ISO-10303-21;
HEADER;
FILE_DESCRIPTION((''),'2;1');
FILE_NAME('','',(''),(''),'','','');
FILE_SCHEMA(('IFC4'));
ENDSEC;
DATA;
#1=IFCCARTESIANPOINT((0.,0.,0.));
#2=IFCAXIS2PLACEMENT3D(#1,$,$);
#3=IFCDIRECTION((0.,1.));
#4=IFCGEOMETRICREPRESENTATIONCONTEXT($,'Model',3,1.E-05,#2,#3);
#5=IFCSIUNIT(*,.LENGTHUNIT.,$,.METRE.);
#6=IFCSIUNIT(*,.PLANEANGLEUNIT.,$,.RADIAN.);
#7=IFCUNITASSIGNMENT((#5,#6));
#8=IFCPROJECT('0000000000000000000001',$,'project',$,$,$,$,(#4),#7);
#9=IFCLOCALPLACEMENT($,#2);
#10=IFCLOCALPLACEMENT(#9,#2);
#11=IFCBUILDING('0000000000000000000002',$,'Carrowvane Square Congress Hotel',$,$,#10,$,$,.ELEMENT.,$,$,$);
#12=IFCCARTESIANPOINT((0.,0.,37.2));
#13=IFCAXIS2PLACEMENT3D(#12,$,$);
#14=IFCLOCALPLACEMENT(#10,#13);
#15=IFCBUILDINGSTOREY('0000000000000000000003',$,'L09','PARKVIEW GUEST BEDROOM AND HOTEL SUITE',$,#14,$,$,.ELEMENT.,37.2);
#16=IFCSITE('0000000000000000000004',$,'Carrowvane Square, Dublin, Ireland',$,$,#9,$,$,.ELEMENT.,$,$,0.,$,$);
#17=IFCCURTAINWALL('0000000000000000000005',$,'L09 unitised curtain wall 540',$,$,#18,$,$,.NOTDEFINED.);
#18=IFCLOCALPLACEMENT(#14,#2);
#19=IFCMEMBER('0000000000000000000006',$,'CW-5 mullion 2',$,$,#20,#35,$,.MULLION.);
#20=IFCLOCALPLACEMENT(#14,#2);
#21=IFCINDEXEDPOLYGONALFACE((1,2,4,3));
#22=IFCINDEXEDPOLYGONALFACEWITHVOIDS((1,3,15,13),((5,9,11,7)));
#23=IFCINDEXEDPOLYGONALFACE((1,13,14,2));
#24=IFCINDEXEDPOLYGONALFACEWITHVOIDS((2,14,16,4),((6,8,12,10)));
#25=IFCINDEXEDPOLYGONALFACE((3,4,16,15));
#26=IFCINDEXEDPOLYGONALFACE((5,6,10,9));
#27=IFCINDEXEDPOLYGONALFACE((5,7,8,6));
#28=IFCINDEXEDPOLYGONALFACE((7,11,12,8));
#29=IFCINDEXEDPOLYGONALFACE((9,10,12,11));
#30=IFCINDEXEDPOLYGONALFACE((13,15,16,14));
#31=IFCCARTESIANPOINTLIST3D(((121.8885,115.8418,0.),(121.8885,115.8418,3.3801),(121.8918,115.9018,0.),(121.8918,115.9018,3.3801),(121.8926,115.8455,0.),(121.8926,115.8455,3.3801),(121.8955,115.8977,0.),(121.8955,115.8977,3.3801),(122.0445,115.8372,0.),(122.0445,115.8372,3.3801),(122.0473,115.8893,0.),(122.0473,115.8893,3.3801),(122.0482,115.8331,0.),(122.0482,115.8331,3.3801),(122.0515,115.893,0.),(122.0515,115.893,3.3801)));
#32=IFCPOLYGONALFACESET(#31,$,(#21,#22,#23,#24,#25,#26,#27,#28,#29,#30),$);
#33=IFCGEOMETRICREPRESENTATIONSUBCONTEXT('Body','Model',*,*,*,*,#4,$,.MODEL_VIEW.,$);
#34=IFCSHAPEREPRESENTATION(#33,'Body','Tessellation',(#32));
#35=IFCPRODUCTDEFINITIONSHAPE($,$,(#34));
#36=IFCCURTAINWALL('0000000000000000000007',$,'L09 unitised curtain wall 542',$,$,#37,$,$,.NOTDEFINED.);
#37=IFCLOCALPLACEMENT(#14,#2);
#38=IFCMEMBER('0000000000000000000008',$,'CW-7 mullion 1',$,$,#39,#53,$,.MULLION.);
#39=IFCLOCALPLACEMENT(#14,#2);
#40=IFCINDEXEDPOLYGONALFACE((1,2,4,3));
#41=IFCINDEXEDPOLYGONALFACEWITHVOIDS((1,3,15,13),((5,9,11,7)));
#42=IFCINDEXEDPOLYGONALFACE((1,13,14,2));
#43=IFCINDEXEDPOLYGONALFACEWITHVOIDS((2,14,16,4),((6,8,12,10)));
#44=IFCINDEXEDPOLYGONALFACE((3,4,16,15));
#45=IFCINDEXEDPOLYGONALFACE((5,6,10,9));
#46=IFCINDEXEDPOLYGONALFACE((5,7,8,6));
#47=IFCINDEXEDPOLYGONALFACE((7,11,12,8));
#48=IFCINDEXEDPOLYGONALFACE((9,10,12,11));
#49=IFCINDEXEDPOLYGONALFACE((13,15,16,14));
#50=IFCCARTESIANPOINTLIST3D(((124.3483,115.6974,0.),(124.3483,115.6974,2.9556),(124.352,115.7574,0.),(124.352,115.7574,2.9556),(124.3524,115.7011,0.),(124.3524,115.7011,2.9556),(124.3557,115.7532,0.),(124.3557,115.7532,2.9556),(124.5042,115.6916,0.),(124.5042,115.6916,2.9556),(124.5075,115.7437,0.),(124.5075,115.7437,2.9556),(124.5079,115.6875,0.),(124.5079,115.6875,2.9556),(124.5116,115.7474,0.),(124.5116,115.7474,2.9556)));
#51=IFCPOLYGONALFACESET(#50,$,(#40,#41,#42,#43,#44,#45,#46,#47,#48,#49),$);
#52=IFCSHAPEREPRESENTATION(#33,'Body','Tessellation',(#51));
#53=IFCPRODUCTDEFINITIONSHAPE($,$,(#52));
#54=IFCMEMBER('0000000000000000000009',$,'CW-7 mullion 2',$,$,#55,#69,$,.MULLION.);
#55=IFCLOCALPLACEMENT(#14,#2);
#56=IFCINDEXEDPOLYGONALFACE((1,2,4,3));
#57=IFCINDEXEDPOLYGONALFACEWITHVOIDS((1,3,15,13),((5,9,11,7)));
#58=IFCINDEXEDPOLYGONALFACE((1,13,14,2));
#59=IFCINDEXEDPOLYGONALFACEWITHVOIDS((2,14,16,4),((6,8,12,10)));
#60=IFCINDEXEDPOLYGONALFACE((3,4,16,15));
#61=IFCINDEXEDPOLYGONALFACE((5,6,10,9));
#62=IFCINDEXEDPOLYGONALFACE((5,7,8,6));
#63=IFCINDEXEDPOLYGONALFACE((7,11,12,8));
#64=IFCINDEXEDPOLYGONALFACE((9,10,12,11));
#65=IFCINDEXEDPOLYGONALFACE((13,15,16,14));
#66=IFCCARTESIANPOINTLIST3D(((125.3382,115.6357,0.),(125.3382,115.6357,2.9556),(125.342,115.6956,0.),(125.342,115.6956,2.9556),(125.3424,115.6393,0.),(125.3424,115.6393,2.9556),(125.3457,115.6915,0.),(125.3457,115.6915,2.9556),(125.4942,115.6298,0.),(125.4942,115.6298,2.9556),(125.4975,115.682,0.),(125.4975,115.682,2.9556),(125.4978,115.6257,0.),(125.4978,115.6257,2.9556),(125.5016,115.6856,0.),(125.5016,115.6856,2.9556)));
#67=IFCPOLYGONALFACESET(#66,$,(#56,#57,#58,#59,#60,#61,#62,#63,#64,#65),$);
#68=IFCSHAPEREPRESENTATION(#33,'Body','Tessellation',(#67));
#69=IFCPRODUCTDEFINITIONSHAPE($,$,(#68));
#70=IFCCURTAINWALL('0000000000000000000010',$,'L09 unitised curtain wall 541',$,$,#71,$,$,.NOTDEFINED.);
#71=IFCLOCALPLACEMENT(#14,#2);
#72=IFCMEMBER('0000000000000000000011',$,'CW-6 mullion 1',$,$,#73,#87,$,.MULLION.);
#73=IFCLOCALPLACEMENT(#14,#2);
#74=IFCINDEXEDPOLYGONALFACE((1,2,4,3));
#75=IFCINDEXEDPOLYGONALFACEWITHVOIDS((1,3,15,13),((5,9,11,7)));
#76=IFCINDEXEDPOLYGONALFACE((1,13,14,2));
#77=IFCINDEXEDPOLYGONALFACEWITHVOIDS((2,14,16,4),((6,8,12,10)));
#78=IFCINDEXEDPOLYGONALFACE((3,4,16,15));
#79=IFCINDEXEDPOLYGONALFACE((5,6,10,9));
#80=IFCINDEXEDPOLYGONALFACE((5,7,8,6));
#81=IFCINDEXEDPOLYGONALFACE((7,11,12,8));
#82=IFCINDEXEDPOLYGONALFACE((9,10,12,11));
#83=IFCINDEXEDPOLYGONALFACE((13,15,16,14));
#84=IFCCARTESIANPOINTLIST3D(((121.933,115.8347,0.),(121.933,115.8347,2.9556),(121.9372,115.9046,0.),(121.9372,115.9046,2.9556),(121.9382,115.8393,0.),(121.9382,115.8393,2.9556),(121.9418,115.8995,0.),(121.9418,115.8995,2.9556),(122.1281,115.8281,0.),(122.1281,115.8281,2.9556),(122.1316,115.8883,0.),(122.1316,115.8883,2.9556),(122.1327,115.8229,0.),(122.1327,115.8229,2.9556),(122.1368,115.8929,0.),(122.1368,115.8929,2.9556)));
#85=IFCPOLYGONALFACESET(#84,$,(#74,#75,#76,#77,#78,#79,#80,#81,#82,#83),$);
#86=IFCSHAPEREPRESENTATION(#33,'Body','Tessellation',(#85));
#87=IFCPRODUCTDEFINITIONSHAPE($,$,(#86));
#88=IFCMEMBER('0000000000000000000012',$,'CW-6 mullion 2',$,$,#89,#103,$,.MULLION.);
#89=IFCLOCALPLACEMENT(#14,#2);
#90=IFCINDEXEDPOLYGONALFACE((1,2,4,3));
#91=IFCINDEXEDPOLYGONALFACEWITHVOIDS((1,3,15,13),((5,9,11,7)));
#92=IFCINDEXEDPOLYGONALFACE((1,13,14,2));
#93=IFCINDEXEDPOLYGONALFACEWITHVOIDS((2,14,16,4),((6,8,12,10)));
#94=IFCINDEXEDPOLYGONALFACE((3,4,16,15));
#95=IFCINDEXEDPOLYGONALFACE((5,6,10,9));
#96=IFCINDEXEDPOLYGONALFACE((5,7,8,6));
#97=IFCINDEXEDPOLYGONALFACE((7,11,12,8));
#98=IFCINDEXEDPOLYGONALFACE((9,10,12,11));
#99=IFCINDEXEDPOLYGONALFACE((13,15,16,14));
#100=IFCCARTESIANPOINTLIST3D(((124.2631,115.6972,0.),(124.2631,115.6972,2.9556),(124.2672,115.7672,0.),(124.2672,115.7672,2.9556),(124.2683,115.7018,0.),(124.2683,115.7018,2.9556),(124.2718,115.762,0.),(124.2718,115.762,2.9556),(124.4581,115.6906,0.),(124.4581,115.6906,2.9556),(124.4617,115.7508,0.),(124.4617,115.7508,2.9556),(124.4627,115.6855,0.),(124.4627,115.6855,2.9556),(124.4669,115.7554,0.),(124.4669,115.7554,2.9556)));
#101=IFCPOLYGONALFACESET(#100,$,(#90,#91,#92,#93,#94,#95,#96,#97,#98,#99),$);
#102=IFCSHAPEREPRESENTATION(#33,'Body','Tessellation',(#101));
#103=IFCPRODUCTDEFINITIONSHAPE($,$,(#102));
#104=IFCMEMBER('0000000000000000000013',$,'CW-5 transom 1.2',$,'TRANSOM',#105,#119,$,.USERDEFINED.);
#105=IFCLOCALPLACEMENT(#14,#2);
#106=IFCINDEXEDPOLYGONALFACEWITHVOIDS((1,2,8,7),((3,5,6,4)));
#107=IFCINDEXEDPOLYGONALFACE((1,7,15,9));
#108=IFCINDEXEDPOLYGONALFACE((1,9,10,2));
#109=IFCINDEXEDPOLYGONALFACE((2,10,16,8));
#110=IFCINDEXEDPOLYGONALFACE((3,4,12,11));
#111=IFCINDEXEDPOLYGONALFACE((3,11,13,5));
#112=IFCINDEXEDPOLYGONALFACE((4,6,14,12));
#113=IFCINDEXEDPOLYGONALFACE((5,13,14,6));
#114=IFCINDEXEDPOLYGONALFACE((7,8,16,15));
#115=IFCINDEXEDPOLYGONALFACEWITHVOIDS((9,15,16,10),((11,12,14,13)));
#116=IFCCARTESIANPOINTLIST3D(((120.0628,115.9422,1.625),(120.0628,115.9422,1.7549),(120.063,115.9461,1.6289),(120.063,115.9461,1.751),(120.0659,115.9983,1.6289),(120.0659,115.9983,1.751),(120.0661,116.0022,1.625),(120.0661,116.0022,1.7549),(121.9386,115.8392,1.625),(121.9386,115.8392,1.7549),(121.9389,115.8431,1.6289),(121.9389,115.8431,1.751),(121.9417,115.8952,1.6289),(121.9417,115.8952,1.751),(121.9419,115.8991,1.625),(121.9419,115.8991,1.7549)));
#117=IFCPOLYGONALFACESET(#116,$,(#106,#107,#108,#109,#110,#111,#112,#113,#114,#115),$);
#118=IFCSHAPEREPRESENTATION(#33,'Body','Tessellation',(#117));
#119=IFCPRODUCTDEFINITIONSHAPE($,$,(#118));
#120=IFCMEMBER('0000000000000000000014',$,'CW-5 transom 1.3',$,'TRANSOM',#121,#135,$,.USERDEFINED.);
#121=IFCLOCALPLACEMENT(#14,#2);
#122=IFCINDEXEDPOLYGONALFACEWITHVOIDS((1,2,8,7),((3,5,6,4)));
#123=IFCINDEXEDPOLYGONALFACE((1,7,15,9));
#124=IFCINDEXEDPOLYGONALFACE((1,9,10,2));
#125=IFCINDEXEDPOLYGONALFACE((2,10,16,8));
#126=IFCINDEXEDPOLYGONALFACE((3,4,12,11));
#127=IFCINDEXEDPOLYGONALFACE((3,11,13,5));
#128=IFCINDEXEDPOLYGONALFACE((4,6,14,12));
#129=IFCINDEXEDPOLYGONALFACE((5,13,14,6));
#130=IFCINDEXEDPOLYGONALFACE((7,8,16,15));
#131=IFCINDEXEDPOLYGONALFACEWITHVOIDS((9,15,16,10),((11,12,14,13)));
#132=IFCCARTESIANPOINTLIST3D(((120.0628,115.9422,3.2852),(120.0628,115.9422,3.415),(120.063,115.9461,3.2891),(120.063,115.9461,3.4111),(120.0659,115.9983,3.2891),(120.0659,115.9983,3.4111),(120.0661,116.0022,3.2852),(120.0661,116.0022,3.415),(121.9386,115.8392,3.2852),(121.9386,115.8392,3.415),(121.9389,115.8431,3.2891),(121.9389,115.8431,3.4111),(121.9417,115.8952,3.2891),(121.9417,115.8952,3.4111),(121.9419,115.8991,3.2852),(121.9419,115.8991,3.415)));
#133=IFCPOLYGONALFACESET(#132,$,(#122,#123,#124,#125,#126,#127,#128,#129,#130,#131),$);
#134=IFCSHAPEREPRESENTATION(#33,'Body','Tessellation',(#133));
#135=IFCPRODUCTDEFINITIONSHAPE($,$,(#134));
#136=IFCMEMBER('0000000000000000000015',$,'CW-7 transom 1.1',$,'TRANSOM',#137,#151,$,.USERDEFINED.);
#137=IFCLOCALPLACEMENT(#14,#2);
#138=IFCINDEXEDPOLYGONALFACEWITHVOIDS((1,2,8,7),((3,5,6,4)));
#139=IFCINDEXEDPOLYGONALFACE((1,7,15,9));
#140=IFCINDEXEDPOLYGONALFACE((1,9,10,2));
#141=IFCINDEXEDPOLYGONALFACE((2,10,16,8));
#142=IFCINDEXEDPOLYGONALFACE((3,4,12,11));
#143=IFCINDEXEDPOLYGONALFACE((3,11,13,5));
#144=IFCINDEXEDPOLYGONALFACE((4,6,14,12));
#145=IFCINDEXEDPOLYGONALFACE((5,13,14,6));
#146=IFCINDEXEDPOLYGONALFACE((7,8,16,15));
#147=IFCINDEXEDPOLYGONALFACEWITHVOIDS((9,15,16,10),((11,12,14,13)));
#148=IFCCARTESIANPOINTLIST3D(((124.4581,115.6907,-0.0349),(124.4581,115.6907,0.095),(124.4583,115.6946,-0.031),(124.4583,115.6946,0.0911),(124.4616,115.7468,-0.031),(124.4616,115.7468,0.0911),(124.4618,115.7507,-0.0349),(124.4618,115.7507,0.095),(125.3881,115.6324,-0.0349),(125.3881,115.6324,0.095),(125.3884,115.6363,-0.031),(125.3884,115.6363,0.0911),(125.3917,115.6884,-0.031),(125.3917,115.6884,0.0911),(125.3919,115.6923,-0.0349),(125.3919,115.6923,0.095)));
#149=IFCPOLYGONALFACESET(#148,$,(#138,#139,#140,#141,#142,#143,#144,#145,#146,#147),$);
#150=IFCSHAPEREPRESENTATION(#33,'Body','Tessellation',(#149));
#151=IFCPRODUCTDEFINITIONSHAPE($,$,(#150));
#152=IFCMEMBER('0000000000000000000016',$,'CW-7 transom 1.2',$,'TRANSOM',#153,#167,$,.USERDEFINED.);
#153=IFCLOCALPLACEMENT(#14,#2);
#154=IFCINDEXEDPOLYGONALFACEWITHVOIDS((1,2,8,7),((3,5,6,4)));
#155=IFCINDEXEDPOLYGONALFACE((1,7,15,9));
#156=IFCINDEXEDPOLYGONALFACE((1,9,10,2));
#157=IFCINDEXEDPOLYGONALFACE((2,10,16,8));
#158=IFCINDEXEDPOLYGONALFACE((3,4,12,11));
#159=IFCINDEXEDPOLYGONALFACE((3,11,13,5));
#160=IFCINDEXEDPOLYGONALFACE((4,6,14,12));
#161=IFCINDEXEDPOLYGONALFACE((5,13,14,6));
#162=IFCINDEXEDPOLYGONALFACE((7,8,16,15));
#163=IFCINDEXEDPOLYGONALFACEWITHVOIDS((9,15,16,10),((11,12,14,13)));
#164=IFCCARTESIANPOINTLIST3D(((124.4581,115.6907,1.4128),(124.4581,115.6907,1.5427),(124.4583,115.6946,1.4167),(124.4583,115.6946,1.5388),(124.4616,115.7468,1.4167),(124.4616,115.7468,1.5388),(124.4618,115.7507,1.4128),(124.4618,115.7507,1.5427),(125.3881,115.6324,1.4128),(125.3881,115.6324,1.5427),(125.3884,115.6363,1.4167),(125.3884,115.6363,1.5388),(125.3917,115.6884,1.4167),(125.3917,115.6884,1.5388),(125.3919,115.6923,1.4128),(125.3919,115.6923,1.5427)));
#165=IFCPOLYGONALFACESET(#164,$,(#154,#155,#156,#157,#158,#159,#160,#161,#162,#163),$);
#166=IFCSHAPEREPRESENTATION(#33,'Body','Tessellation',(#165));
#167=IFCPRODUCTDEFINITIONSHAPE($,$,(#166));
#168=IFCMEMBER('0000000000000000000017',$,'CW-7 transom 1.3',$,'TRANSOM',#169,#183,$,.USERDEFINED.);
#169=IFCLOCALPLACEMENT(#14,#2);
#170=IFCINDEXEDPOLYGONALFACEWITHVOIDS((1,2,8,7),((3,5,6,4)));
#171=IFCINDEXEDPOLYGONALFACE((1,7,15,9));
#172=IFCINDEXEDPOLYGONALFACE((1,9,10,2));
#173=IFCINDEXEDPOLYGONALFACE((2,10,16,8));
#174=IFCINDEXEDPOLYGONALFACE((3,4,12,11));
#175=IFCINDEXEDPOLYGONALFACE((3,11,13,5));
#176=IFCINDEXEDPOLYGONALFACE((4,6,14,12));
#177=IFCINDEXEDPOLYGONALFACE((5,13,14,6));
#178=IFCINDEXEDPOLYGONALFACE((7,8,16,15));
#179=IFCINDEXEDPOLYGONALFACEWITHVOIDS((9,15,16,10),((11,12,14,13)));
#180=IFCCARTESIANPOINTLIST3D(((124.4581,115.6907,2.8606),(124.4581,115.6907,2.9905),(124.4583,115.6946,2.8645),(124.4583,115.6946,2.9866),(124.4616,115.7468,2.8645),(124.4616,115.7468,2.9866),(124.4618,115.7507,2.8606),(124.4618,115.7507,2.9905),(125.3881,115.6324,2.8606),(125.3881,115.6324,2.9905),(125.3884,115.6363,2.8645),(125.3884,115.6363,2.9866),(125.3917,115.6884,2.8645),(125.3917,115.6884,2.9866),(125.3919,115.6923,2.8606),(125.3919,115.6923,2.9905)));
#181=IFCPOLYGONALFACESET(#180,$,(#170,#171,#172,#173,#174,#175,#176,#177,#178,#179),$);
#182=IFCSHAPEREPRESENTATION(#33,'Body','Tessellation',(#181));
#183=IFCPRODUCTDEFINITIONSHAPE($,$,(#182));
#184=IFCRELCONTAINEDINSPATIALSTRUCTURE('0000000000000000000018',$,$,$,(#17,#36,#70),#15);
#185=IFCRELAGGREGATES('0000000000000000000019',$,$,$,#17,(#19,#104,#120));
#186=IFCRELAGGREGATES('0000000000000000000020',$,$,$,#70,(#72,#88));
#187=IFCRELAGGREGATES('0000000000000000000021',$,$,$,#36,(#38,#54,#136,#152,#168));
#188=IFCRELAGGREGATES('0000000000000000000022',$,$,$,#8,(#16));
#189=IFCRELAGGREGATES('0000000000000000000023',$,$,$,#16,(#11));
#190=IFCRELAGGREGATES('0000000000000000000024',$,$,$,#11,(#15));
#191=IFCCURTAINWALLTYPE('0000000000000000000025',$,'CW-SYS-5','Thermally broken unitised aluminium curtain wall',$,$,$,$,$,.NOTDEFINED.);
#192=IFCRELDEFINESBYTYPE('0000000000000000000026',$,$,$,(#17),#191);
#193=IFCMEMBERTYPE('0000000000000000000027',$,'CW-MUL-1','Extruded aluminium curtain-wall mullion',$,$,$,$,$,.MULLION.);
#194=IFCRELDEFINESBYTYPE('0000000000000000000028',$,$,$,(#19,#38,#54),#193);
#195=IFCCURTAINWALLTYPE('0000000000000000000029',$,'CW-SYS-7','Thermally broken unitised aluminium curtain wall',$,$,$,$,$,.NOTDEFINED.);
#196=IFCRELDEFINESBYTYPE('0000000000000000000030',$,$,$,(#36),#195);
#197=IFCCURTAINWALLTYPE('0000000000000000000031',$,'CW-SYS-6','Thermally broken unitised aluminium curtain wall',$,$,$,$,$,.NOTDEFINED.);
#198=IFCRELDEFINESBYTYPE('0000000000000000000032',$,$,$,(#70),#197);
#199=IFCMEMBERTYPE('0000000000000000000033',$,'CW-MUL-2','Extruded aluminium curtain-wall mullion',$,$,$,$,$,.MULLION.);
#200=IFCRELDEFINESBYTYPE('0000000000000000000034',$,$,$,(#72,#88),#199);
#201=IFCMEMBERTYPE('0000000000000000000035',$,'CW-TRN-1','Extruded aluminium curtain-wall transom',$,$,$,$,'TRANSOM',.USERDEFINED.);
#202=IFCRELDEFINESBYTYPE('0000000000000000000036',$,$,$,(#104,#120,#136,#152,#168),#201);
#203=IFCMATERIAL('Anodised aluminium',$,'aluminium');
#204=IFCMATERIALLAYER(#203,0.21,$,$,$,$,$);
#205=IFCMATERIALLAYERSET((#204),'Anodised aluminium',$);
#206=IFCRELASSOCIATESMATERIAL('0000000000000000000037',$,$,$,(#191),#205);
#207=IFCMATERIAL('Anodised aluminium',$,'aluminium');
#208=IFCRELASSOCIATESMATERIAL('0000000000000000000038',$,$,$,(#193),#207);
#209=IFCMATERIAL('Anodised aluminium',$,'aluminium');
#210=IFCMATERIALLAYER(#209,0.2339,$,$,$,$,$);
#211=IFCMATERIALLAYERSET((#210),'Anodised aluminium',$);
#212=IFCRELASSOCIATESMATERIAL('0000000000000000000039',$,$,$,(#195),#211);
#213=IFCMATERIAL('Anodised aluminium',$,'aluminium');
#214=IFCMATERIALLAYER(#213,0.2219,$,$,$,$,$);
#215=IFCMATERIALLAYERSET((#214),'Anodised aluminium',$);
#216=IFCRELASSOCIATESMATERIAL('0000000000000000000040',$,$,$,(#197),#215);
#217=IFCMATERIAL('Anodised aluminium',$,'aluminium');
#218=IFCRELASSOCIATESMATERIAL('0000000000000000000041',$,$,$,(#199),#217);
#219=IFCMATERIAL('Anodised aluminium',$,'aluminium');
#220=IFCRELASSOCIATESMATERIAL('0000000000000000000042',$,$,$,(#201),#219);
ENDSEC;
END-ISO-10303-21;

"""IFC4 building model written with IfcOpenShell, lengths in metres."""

from ifc_helpers import new_model, si_unit, direction, frame, origin, origin_2d, place, context, subcontext, project, spatial, hollow_rectangle, extrude, material, layer, layer_set, material_profile, profile_set, type_object, element, aggregate, save


model = new_model("IFC4")

# Units and contexts
model_context = context("Model", 3, precision=1e-05, world=origin(), true_north=direction((0.0, 1.0)))
body_context = subcontext(model_context, "Body", "Model", "MODEL_VIEW")
ifc_project = project(units=[si_unit("LENGTHUNIT", "METRE"), si_unit("PLANEANGLEUNIT", "RADIAN")], contexts=[model_context])

# Site, building, storey
site_placement = place(None, origin())
site = spatial("IfcSite", under=ifc_project, at=site_placement, Name="Carrowvane Square, Dublin, Ireland", CompositionType="ELEMENT", RefElevation=0.0)
building_placement = place(site_placement, origin())
building = spatial("IfcBuilding", under=site, at=building_placement, Name="Carrowvane Square Congress Hotel", CompositionType="ELEMENT")
storey_placement = place(building_placement, frame((0.0, 0.0, 37.2)))
storey = spatial("IfcBuildingStorey", under=building, at=storey_placement, Name="L09", Description="PARKVIEW GUEST BEDROOM AND HOTEL SUITE", CompositionType="ELEMENT", Elevation=37.2)

# Curtain wall, member
ifc_material_1 = material(Name="Anodised aluminium", Category="aluminium")
ifc_layer_1 = layer(ifc_material_1, 0.21)
ifc_layer_set_1 = layer_set([ifc_layer_1], Name="Anodised aluminium")
curtain_wall_type_1 = type_object("IfcCurtainWallType", Name="CW-SYS-5", Description="Thermally broken unitised aluminium curtain wall", PredefinedType="NOTDEFINED", material=ifc_layer_set_1)
curtain_wall_1_placement = place(storey_placement, origin())
curtain_wall_1 = element("IfcCurtainWall", 1, at=curtain_wall_1_placement, inside=storey, type_object=curtain_wall_type_1, Name="L09 unitised curtain wall 540", PredefinedType="NOTDEFINED")
ifc_material_2 = material(Name="Anodised aluminium", Category="aluminium")
ifc_material_profile_1 = material_profile(ifc_material_2, hollow_rectangle(XDim=0.0601, YDim=0.1599, WallThickness=0.0039, at=origin_2d()), Name="CW-ML 60x160x4")
ifc_profile_set_1 = profile_set([ifc_material_profile_1], Name="Anodised aluminium")
member_type_1 = type_object("IfcMemberType", Name="CW-MUL-1", Description="Extruded aluminium curtain-wall mullion", PredefinedType="MULLION", material=ifc_profile_set_1)
member_1_placement = place(storey_placement, frame((121.97, 115.8674, 0.0), z_axis=(0.0, 0.0, 1.0), x_axis=(0.054816, 0.998496, 0.0)))
member_1 = element("IfcMember", 2, at=member_1_placement, type_object=member_type_1, Name="CW-5 mullion 2", PredefinedType="MULLION", context=body_context, shape_type="SweptSolid", body=[
    extrude(hollow_rectangle(XDim=0.0601, YDim=0.1599, WallThickness=0.0039, at=origin_2d()), origin(), (0.0, 0.0, 1.0), 3.3801),
])

# Curtain walls, members
ifc_material_3 = material(Name="Anodised aluminium", Category="aluminium")
ifc_layer_2 = layer(ifc_material_3, 0.2339)
ifc_layer_set_2 = layer_set([ifc_layer_2], Name="Anodised aluminium")
curtain_wall_type_2 = type_object("IfcCurtainWallType", Name="CW-SYS-7", Description="Thermally broken unitised aluminium curtain wall", PredefinedType="NOTDEFINED", material=ifc_layer_set_2)
curtain_wall_2_placement = place(storey_placement, origin())
curtain_wall_2 = element("IfcCurtainWall", 3, at=curtain_wall_2_placement, inside=storey, type_object=curtain_wall_type_2, Name="L09 unitised curtain wall 542", PredefinedType="NOTDEFINED")
member_2_placement = place(storey_placement, frame((124.4299, 115.7224, 0.0), z_axis=(0.0, 0.0, 1.0), x_axis=(0.062397, 0.998051, 0.0)))
member_2 = element("IfcMember", 4, at=member_2_placement, type_object=member_type_1, Name="CW-7 mullion 1", PredefinedType="MULLION", context=body_context, shape_type="SweptSolid", body=[
    extrude(hollow_rectangle(XDim=0.0601, YDim=0.1599, WallThickness=0.0039, at=origin_2d()), origin(), (0.0, 0.0, 1.0), 2.9556),
])
member_3_placement = place(storey_placement, frame((125.4199, 115.6606, 0.0), z_axis=(0.0, 0.0, 1.0), x_axis=(0.062397, 0.998051, 0.0)))
member_3 = element("IfcMember", 5, at=member_3_placement, type_object=member_type_1, Name="CW-7 mullion 2", PredefinedType="MULLION", context=body_context, shape_type="SweptSolid", body=[
    extrude(hollow_rectangle(XDim=0.0601, YDim=0.1599, WallThickness=0.0039, at=origin_2d()), origin(), (0.0, 0.0, 1.0), 2.9556),
])
ifc_material_4 = material(Name="Anodised aluminium", Category="aluminium")
ifc_layer_3 = layer(ifc_material_4, 0.2219)
ifc_layer_set_3 = layer_set([ifc_layer_3], Name="Anodised aluminium")
curtain_wall_type_3 = type_object("IfcCurtainWallType", Name="CW-SYS-6", Description="Thermally broken unitised aluminium curtain wall", PredefinedType="NOTDEFINED", material=ifc_layer_set_3)
curtain_wall_3_placement = place(storey_placement, origin())
curtain_wall_3 = element("IfcCurtainWall", 6, at=curtain_wall_3_placement, inside=storey, type_object=curtain_wall_type_3, Name="L09 unitised curtain wall 541", PredefinedType="NOTDEFINED")
ifc_material_5 = material(Name="Anodised aluminium", Category="aluminium")
ifc_material_profile_2 = material_profile(ifc_material_5, hollow_rectangle(XDim=0.0701, YDim=0.2, WallThickness=0.0049, at=origin_2d()), Name="CW-ML 70x200x5")
ifc_profile_set_2 = profile_set([ifc_material_profile_2], Name="Anodised aluminium")
member_type_2 = type_object("IfcMemberType", Name="CW-MUL-2", Description="Extruded aluminium curtain-wall mullion", PredefinedType="MULLION", material=ifc_profile_set_2)
member_4_placement = place(storey_placement, frame((122.0349, 115.8638, 0.0), z_axis=(0.0, 0.0, 1.0), x_axis=(0.058851, 0.998267, 0.0)))
member_4 = element("IfcMember", 7, at=member_4_placement, type_object=member_type_2, Name="CW-6 mullion 1", PredefinedType="MULLION", context=body_context, shape_type="SweptSolid", body=[
    extrude(hollow_rectangle(XDim=0.0701, YDim=0.2, WallThickness=0.0049, at=origin_2d()), origin(), (0.0, 0.0, 1.0), 2.9556),
])
member_5_placement = place(storey_placement, frame((124.365, 115.7263, 0.0), z_axis=(0.0, 0.0, 1.0), x_axis=(0.058851, 0.998267, 0.0)))
member_5 = element("IfcMember", 8, at=member_5_placement, type_object=member_type_2, Name="CW-6 mullion 2", PredefinedType="MULLION", context=body_context, shape_type="SweptSolid", body=[
    extrude(hollow_rectangle(XDim=0.0701, YDim=0.2, WallThickness=0.0049, at=origin_2d()), origin(), (0.0, 0.0, 1.0), 2.9556),
])

# Members
ifc_material_6 = material(Name="Anodised aluminium", Category="aluminium")
ifc_material_profile_3 = material_profile(ifc_material_6, hollow_rectangle(XDim=0.0601, YDim=0.1299, WallThickness=0.0039, at=origin_2d()), Name="CW-TR 60x130x4")
ifc_profile_set_3 = profile_set([ifc_material_profile_3], Name="Anodised aluminium")
member_type_3 = type_object("IfcMemberType", Name="CW-TRN-1", Description="Extruded aluminium curtain-wall transom", ElementType="TRANSOM", PredefinedType="USERDEFINED", material=ifc_profile_set_3)
member_6_placement = place(storey_placement, frame((120.0645, 115.9722, 1.6899), z_axis=(0.998495, -0.054844, 0.0), x_axis=(0.054844, 0.998495, 0.0)))
member_6 = element("IfcMember", 9, at=member_6_placement, type_object=member_type_3, Name="CW-5 transom 1.2", ObjectType="TRANSOM", PredefinedType="USERDEFINED", context=body_context, shape_type="SweptSolid", body=[
    extrude(hollow_rectangle(XDim=0.0601, YDim=0.1299, WallThickness=0.0039, at=origin_2d()), origin(), (0.0, 0.0, 1.0), 1.8787),
])
member_7_placement = place(storey_placement, frame((120.0645, 115.9722, 3.3501), z_axis=(0.998495, -0.054844, 0.0), x_axis=(0.054844, 0.998495, 0.0)))
member_7 = element("IfcMember", 10, at=member_7_placement, type_object=member_type_3, Name="CW-5 transom 1.3", ObjectType="TRANSOM", PredefinedType="USERDEFINED", context=body_context, shape_type="SweptSolid", body=[
    extrude(hollow_rectangle(XDim=0.0601, YDim=0.1299, WallThickness=0.0039, at=origin_2d()), origin(), (0.0, 0.0, 1.0), 1.8787),
])
member_8_placement = place(storey_placement, frame((124.46, 115.7207, 0.03), z_axis=(0.998038, -0.062607, 0.0), x_axis=(0.062607, 0.998038, 0.0)))
member_8 = element("IfcMember", 11, at=member_8_placement, type_object=member_type_3, Name="CW-7 transom 1.1", ObjectType="TRANSOM", PredefinedType="USERDEFINED", context=body_context, shape_type="SweptSolid", body=[
    extrude(hollow_rectangle(XDim=0.0601, YDim=0.1299, WallThickness=0.0039, at=origin_2d()), origin(), (0.0, 0.0, 1.0), 0.9319),
])
member_9_placement = place(storey_placement, frame((124.46, 115.7207, 1.4778), z_axis=(0.998038, -0.062607, 0.0), x_axis=(0.062607, 0.998038, 0.0)))
member_9 = element("IfcMember", 12, at=member_9_placement, type_object=member_type_3, Name="CW-7 transom 1.2", ObjectType="TRANSOM", PredefinedType="USERDEFINED", context=body_context, shape_type="SweptSolid", body=[
    extrude(hollow_rectangle(XDim=0.0601, YDim=0.1299, WallThickness=0.0039, at=origin_2d()), origin(), (0.0, 0.0, 1.0), 0.9319),
])
member_10_placement = place(storey_placement, frame((124.46, 115.7207, 2.9255), z_axis=(0.998038, -0.062607, 0.0), x_axis=(0.062607, 0.998038, 0.0)))
member_10 = element("IfcMember", 13, at=member_10_placement, type_object=member_type_3, Name="CW-7 transom 1.3", ObjectType="TRANSOM", PredefinedType="USERDEFINED", context=body_context, shape_type="SweptSolid", body=[
    extrude(hollow_rectangle(XDim=0.0601, YDim=0.1299, WallThickness=0.0039, at=origin_2d()), origin(), (0.0, 0.0, 1.0), 0.9319),
])

aggregate(curtain_wall_1, [member_1, member_6, member_7])
aggregate(curtain_wall_3, [member_4, member_5])
aggregate(curtain_wall_2, [member_2, member_3, member_8, member_9, member_10])

save(model, "model.ifc")
